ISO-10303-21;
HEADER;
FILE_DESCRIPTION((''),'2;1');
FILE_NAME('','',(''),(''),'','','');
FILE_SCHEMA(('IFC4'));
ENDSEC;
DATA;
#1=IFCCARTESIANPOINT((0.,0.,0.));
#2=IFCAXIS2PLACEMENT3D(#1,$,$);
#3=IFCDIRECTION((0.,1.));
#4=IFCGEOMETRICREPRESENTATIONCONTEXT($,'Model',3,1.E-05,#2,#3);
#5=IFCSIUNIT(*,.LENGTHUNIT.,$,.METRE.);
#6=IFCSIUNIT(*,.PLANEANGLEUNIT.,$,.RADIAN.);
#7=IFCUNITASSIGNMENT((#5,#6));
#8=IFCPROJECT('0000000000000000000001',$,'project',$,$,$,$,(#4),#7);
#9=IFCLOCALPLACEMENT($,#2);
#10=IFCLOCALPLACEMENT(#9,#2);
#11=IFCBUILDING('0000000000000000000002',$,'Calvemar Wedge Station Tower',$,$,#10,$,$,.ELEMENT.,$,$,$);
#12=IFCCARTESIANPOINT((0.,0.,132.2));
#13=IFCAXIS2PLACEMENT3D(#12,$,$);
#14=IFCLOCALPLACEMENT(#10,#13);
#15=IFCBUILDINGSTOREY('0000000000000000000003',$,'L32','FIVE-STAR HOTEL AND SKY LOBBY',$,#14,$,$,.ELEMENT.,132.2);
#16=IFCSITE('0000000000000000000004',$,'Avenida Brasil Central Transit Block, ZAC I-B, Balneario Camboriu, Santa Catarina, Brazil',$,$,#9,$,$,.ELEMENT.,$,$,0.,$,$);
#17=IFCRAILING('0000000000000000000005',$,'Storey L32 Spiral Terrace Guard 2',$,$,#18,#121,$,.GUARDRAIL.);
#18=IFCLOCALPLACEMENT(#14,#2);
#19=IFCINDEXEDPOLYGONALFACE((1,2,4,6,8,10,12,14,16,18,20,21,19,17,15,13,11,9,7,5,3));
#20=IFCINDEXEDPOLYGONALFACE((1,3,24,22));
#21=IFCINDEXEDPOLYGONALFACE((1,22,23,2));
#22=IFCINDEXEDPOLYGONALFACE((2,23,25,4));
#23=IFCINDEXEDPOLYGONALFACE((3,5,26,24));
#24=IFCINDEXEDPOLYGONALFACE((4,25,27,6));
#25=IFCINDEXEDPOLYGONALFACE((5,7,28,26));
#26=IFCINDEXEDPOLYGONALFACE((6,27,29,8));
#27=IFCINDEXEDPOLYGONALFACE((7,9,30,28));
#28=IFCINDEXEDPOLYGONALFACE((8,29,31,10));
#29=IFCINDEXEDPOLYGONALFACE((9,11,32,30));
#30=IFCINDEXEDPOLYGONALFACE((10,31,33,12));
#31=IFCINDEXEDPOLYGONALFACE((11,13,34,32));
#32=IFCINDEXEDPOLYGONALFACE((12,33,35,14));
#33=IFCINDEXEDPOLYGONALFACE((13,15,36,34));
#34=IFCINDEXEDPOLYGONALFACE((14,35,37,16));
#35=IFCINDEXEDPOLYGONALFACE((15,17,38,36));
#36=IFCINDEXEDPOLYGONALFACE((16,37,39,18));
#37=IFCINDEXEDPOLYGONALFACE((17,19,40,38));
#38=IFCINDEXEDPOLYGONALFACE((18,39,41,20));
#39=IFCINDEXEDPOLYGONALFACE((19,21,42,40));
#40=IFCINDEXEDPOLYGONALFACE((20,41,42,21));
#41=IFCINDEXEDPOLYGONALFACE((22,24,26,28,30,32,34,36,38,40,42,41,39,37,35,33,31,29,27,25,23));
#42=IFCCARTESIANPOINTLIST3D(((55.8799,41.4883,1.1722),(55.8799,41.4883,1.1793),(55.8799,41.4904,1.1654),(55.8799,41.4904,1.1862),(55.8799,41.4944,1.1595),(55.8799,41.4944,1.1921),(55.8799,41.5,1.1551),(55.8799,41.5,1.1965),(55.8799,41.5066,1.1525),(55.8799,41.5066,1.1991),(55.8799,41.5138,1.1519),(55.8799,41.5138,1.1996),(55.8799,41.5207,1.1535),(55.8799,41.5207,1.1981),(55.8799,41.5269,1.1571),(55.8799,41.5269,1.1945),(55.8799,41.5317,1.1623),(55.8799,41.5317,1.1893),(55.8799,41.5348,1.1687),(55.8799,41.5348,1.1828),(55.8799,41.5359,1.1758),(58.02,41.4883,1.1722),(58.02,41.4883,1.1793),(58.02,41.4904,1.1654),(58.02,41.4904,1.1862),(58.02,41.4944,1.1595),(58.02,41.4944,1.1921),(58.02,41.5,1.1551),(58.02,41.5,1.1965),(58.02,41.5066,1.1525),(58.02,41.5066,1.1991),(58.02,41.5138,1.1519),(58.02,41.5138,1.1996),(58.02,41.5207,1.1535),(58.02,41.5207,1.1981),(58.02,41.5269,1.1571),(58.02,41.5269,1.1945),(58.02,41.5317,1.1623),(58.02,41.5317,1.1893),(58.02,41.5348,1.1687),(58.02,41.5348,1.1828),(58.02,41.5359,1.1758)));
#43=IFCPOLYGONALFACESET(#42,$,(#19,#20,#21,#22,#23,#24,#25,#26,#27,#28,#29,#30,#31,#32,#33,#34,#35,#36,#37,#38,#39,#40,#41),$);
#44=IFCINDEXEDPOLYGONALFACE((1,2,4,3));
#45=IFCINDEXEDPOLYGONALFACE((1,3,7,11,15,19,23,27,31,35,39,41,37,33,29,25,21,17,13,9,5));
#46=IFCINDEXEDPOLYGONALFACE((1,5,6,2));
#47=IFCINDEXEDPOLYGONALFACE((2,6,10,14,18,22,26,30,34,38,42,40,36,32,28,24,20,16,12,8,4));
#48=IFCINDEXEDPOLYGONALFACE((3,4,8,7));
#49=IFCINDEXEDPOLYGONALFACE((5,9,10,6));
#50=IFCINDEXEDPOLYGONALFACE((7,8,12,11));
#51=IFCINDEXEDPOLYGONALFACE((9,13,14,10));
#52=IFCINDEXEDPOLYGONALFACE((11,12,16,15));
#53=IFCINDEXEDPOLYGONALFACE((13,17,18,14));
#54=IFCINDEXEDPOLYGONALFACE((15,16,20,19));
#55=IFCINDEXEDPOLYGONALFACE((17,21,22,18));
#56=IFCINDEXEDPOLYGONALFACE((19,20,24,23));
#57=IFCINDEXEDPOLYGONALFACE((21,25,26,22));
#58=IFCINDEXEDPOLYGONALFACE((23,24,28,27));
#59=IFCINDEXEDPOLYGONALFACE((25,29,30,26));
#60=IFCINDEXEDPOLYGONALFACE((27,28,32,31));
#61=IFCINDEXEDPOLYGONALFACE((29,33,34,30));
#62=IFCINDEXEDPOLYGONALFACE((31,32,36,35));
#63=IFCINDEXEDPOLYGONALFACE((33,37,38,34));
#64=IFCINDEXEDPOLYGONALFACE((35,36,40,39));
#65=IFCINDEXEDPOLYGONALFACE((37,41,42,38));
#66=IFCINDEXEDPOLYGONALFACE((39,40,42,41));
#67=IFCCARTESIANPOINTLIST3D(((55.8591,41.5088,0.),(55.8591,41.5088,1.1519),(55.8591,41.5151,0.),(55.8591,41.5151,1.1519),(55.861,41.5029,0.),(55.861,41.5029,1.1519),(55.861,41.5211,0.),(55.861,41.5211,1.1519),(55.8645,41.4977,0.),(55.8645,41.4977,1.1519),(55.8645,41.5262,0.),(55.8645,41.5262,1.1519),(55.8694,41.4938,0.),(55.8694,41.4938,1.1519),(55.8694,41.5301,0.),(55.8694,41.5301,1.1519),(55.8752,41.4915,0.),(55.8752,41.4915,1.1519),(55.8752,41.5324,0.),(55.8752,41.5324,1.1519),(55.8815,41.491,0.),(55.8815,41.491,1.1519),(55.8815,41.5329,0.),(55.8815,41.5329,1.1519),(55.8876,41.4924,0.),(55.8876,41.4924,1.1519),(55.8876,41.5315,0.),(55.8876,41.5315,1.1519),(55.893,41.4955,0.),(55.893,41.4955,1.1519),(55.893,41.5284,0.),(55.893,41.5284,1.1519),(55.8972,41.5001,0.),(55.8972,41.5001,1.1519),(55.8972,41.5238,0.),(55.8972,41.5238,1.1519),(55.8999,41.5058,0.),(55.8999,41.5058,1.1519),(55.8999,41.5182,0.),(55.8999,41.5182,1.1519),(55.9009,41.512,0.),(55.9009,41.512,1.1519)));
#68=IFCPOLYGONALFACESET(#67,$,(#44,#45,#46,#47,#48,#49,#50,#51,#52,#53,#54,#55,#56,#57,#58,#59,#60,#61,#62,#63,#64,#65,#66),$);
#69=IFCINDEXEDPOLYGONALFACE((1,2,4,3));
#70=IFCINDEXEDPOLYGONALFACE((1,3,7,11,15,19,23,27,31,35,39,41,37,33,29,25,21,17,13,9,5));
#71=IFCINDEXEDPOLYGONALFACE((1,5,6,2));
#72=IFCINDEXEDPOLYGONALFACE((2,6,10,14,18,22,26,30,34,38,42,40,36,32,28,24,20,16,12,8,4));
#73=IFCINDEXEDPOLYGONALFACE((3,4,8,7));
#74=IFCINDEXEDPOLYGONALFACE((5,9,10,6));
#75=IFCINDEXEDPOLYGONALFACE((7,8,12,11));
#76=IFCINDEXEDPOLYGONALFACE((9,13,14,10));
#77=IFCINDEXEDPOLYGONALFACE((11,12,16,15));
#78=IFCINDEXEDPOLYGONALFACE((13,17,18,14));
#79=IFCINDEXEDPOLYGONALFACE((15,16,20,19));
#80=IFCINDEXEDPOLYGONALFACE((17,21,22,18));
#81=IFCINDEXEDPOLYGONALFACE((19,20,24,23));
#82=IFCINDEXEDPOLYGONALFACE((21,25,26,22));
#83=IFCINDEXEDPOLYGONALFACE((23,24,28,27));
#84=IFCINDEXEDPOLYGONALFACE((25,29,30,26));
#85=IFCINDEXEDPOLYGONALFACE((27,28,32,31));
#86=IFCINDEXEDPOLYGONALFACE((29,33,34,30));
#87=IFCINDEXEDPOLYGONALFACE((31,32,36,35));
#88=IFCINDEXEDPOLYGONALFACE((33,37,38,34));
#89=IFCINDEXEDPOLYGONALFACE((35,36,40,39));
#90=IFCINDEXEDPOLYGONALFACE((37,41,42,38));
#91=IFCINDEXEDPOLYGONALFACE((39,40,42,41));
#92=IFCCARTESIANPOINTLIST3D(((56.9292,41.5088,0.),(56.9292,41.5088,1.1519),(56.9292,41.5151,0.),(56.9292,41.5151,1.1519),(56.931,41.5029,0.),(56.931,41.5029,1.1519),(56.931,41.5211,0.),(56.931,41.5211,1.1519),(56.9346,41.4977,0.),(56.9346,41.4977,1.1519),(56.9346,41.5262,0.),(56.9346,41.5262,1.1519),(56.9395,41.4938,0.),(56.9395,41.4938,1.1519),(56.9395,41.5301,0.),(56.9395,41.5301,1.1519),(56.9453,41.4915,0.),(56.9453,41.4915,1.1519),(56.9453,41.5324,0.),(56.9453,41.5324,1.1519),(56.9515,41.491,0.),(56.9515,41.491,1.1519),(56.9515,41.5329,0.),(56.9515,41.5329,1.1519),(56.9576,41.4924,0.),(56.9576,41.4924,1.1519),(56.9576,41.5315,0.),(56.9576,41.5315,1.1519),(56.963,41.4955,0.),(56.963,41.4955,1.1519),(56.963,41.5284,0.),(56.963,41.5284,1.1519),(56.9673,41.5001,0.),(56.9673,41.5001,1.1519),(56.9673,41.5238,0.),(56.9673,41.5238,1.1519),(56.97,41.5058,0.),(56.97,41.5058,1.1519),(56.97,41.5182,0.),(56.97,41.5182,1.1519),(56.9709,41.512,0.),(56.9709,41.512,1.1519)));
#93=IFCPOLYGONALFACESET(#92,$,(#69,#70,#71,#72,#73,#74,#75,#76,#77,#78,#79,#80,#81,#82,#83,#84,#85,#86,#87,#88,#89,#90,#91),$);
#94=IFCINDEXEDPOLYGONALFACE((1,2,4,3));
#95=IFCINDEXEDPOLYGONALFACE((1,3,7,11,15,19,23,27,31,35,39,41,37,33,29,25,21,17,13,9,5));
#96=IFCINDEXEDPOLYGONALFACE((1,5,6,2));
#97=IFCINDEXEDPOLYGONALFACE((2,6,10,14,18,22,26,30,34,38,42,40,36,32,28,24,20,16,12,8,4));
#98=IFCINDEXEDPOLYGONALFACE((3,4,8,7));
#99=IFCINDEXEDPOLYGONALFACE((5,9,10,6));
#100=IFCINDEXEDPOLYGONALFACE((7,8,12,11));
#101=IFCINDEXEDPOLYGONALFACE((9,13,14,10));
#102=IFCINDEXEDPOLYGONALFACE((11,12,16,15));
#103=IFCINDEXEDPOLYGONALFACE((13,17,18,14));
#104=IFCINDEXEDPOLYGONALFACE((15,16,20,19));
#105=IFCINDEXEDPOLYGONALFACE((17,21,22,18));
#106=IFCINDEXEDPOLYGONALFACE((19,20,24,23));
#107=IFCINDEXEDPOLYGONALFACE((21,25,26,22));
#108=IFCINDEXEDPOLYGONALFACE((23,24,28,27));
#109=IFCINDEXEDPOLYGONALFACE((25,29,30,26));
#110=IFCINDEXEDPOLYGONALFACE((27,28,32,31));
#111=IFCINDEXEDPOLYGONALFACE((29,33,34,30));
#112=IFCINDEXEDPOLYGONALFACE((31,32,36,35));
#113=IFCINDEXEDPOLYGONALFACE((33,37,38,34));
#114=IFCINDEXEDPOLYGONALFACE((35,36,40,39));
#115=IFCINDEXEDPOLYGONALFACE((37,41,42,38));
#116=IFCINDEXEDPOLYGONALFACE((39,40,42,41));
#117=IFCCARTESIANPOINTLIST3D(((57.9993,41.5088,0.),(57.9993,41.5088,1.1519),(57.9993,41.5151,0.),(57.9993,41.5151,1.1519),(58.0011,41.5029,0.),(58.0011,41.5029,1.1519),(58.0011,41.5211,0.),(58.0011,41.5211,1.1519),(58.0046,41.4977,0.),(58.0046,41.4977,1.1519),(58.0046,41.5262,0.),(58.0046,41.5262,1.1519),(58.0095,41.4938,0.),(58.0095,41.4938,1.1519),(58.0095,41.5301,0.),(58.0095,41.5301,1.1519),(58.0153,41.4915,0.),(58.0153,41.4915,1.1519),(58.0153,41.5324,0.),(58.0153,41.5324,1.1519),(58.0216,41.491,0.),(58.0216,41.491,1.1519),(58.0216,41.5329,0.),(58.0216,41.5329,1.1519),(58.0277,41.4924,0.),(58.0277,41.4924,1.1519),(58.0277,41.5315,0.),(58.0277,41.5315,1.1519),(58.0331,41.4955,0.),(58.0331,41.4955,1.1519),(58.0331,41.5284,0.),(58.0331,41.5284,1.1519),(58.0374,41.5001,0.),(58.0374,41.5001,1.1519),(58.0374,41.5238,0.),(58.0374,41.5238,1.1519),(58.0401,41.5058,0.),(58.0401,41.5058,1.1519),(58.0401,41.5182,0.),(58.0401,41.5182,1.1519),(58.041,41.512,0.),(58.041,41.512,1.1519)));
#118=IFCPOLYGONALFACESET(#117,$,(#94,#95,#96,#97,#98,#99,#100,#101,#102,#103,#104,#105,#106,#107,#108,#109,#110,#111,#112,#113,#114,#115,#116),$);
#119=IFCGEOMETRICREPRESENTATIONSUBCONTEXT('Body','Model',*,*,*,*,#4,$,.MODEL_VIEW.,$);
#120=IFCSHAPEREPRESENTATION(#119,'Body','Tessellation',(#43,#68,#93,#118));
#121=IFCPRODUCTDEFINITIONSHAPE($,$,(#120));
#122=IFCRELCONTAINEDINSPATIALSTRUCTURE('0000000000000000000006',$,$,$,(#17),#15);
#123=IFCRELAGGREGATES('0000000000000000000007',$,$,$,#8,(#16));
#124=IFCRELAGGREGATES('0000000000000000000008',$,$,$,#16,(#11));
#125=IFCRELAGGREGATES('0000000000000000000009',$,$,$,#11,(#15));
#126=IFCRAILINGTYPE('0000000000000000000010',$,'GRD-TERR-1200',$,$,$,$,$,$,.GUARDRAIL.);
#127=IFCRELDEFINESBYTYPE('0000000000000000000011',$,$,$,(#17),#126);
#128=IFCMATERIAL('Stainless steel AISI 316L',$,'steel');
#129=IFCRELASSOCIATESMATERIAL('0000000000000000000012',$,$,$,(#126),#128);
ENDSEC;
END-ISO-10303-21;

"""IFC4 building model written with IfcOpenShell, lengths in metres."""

from ifc_helpers import new_model, si_unit, direction, frame, origin, origin_2d, place, context, subcontext, project, spatial, circle, extrude, material, type_object, element, save


model = new_model("IFC4")

# Units and contexts
model_context = context("Model", 3, precision=1e-05, world=origin(), true_north=direction((0.0, 1.0)))
body_context = subcontext(model_context, "Body", "Model", "MODEL_VIEW")
ifc_project = project(units=[si_unit("LENGTHUNIT", "METRE"), si_unit("PLANEANGLEUNIT", "RADIAN")], contexts=[model_context])

# Site, building, storey
site_placement = place(None, origin())
site = spatial("IfcSite", under=ifc_project, at=site_placement, Name="Avenida Brasil Central Transit Block, ZAC I-B, Balneario Camboriu, Santa Catarina, Brazil", CompositionType="ELEMENT", RefElevation=0.0)
building_placement = place(site_placement, origin())
building = spatial("IfcBuilding", under=site, at=building_placement, Name="Calvemar Wedge Station Tower", CompositionType="ELEMENT")
storey_placement = place(building_placement, frame((0.0, 0.0, 132.2)))
storey = spatial("IfcBuildingStorey", under=building, at=storey_placement, Name="L32", Description="FIVE-STAR HOTEL AND SKY LOBBY", CompositionType="ELEMENT", Elevation=132.2)

# Railing
ifc_material_1 = material(Name="Stainless steel AISI 316L", Category="steel")
railing_type = type_object("IfcRailingType", Name="GRD-TERR-1200", PredefinedType="GUARDRAIL", material=ifc_material_1)
railing_1_placement = place(storey_placement, frame((55.8799, 41.512, 0.0)))
element("IfcRailing", 1, at=railing_1_placement, inside=storey, type_object=railing_type, Name="Storey L32 Spiral Terrace Guard 2", PredefinedType="GUARDRAIL", context=body_context, shape_type="SweptSolid", body=[
    extrude(circle(Radius=0.0239, at=origin_2d()), frame((0.0, 0.0, 1.1758), z_axis=(1.0, 0.0, 0.0), x_axis=(0.0, 1.0, 0.0)), (0.0, 0.0, 1.0), 2.1401),
    extrude(circle(Radius=0.021, at=origin_2d()), origin(), (0.0, 0.0, 1.0), 1.1519),
    extrude(circle(Radius=0.021, at=origin_2d()), frame((1.0701, 0.0, 0.0)), (0.0, 0.0, 1.0), 1.1519),
    extrude(circle(Radius=0.021, at=origin_2d()), frame((2.1401, 0.0, 0.0)), (0.0, 0.0, 1.0), 1.1519),
])

save(model, "model.ifc")
